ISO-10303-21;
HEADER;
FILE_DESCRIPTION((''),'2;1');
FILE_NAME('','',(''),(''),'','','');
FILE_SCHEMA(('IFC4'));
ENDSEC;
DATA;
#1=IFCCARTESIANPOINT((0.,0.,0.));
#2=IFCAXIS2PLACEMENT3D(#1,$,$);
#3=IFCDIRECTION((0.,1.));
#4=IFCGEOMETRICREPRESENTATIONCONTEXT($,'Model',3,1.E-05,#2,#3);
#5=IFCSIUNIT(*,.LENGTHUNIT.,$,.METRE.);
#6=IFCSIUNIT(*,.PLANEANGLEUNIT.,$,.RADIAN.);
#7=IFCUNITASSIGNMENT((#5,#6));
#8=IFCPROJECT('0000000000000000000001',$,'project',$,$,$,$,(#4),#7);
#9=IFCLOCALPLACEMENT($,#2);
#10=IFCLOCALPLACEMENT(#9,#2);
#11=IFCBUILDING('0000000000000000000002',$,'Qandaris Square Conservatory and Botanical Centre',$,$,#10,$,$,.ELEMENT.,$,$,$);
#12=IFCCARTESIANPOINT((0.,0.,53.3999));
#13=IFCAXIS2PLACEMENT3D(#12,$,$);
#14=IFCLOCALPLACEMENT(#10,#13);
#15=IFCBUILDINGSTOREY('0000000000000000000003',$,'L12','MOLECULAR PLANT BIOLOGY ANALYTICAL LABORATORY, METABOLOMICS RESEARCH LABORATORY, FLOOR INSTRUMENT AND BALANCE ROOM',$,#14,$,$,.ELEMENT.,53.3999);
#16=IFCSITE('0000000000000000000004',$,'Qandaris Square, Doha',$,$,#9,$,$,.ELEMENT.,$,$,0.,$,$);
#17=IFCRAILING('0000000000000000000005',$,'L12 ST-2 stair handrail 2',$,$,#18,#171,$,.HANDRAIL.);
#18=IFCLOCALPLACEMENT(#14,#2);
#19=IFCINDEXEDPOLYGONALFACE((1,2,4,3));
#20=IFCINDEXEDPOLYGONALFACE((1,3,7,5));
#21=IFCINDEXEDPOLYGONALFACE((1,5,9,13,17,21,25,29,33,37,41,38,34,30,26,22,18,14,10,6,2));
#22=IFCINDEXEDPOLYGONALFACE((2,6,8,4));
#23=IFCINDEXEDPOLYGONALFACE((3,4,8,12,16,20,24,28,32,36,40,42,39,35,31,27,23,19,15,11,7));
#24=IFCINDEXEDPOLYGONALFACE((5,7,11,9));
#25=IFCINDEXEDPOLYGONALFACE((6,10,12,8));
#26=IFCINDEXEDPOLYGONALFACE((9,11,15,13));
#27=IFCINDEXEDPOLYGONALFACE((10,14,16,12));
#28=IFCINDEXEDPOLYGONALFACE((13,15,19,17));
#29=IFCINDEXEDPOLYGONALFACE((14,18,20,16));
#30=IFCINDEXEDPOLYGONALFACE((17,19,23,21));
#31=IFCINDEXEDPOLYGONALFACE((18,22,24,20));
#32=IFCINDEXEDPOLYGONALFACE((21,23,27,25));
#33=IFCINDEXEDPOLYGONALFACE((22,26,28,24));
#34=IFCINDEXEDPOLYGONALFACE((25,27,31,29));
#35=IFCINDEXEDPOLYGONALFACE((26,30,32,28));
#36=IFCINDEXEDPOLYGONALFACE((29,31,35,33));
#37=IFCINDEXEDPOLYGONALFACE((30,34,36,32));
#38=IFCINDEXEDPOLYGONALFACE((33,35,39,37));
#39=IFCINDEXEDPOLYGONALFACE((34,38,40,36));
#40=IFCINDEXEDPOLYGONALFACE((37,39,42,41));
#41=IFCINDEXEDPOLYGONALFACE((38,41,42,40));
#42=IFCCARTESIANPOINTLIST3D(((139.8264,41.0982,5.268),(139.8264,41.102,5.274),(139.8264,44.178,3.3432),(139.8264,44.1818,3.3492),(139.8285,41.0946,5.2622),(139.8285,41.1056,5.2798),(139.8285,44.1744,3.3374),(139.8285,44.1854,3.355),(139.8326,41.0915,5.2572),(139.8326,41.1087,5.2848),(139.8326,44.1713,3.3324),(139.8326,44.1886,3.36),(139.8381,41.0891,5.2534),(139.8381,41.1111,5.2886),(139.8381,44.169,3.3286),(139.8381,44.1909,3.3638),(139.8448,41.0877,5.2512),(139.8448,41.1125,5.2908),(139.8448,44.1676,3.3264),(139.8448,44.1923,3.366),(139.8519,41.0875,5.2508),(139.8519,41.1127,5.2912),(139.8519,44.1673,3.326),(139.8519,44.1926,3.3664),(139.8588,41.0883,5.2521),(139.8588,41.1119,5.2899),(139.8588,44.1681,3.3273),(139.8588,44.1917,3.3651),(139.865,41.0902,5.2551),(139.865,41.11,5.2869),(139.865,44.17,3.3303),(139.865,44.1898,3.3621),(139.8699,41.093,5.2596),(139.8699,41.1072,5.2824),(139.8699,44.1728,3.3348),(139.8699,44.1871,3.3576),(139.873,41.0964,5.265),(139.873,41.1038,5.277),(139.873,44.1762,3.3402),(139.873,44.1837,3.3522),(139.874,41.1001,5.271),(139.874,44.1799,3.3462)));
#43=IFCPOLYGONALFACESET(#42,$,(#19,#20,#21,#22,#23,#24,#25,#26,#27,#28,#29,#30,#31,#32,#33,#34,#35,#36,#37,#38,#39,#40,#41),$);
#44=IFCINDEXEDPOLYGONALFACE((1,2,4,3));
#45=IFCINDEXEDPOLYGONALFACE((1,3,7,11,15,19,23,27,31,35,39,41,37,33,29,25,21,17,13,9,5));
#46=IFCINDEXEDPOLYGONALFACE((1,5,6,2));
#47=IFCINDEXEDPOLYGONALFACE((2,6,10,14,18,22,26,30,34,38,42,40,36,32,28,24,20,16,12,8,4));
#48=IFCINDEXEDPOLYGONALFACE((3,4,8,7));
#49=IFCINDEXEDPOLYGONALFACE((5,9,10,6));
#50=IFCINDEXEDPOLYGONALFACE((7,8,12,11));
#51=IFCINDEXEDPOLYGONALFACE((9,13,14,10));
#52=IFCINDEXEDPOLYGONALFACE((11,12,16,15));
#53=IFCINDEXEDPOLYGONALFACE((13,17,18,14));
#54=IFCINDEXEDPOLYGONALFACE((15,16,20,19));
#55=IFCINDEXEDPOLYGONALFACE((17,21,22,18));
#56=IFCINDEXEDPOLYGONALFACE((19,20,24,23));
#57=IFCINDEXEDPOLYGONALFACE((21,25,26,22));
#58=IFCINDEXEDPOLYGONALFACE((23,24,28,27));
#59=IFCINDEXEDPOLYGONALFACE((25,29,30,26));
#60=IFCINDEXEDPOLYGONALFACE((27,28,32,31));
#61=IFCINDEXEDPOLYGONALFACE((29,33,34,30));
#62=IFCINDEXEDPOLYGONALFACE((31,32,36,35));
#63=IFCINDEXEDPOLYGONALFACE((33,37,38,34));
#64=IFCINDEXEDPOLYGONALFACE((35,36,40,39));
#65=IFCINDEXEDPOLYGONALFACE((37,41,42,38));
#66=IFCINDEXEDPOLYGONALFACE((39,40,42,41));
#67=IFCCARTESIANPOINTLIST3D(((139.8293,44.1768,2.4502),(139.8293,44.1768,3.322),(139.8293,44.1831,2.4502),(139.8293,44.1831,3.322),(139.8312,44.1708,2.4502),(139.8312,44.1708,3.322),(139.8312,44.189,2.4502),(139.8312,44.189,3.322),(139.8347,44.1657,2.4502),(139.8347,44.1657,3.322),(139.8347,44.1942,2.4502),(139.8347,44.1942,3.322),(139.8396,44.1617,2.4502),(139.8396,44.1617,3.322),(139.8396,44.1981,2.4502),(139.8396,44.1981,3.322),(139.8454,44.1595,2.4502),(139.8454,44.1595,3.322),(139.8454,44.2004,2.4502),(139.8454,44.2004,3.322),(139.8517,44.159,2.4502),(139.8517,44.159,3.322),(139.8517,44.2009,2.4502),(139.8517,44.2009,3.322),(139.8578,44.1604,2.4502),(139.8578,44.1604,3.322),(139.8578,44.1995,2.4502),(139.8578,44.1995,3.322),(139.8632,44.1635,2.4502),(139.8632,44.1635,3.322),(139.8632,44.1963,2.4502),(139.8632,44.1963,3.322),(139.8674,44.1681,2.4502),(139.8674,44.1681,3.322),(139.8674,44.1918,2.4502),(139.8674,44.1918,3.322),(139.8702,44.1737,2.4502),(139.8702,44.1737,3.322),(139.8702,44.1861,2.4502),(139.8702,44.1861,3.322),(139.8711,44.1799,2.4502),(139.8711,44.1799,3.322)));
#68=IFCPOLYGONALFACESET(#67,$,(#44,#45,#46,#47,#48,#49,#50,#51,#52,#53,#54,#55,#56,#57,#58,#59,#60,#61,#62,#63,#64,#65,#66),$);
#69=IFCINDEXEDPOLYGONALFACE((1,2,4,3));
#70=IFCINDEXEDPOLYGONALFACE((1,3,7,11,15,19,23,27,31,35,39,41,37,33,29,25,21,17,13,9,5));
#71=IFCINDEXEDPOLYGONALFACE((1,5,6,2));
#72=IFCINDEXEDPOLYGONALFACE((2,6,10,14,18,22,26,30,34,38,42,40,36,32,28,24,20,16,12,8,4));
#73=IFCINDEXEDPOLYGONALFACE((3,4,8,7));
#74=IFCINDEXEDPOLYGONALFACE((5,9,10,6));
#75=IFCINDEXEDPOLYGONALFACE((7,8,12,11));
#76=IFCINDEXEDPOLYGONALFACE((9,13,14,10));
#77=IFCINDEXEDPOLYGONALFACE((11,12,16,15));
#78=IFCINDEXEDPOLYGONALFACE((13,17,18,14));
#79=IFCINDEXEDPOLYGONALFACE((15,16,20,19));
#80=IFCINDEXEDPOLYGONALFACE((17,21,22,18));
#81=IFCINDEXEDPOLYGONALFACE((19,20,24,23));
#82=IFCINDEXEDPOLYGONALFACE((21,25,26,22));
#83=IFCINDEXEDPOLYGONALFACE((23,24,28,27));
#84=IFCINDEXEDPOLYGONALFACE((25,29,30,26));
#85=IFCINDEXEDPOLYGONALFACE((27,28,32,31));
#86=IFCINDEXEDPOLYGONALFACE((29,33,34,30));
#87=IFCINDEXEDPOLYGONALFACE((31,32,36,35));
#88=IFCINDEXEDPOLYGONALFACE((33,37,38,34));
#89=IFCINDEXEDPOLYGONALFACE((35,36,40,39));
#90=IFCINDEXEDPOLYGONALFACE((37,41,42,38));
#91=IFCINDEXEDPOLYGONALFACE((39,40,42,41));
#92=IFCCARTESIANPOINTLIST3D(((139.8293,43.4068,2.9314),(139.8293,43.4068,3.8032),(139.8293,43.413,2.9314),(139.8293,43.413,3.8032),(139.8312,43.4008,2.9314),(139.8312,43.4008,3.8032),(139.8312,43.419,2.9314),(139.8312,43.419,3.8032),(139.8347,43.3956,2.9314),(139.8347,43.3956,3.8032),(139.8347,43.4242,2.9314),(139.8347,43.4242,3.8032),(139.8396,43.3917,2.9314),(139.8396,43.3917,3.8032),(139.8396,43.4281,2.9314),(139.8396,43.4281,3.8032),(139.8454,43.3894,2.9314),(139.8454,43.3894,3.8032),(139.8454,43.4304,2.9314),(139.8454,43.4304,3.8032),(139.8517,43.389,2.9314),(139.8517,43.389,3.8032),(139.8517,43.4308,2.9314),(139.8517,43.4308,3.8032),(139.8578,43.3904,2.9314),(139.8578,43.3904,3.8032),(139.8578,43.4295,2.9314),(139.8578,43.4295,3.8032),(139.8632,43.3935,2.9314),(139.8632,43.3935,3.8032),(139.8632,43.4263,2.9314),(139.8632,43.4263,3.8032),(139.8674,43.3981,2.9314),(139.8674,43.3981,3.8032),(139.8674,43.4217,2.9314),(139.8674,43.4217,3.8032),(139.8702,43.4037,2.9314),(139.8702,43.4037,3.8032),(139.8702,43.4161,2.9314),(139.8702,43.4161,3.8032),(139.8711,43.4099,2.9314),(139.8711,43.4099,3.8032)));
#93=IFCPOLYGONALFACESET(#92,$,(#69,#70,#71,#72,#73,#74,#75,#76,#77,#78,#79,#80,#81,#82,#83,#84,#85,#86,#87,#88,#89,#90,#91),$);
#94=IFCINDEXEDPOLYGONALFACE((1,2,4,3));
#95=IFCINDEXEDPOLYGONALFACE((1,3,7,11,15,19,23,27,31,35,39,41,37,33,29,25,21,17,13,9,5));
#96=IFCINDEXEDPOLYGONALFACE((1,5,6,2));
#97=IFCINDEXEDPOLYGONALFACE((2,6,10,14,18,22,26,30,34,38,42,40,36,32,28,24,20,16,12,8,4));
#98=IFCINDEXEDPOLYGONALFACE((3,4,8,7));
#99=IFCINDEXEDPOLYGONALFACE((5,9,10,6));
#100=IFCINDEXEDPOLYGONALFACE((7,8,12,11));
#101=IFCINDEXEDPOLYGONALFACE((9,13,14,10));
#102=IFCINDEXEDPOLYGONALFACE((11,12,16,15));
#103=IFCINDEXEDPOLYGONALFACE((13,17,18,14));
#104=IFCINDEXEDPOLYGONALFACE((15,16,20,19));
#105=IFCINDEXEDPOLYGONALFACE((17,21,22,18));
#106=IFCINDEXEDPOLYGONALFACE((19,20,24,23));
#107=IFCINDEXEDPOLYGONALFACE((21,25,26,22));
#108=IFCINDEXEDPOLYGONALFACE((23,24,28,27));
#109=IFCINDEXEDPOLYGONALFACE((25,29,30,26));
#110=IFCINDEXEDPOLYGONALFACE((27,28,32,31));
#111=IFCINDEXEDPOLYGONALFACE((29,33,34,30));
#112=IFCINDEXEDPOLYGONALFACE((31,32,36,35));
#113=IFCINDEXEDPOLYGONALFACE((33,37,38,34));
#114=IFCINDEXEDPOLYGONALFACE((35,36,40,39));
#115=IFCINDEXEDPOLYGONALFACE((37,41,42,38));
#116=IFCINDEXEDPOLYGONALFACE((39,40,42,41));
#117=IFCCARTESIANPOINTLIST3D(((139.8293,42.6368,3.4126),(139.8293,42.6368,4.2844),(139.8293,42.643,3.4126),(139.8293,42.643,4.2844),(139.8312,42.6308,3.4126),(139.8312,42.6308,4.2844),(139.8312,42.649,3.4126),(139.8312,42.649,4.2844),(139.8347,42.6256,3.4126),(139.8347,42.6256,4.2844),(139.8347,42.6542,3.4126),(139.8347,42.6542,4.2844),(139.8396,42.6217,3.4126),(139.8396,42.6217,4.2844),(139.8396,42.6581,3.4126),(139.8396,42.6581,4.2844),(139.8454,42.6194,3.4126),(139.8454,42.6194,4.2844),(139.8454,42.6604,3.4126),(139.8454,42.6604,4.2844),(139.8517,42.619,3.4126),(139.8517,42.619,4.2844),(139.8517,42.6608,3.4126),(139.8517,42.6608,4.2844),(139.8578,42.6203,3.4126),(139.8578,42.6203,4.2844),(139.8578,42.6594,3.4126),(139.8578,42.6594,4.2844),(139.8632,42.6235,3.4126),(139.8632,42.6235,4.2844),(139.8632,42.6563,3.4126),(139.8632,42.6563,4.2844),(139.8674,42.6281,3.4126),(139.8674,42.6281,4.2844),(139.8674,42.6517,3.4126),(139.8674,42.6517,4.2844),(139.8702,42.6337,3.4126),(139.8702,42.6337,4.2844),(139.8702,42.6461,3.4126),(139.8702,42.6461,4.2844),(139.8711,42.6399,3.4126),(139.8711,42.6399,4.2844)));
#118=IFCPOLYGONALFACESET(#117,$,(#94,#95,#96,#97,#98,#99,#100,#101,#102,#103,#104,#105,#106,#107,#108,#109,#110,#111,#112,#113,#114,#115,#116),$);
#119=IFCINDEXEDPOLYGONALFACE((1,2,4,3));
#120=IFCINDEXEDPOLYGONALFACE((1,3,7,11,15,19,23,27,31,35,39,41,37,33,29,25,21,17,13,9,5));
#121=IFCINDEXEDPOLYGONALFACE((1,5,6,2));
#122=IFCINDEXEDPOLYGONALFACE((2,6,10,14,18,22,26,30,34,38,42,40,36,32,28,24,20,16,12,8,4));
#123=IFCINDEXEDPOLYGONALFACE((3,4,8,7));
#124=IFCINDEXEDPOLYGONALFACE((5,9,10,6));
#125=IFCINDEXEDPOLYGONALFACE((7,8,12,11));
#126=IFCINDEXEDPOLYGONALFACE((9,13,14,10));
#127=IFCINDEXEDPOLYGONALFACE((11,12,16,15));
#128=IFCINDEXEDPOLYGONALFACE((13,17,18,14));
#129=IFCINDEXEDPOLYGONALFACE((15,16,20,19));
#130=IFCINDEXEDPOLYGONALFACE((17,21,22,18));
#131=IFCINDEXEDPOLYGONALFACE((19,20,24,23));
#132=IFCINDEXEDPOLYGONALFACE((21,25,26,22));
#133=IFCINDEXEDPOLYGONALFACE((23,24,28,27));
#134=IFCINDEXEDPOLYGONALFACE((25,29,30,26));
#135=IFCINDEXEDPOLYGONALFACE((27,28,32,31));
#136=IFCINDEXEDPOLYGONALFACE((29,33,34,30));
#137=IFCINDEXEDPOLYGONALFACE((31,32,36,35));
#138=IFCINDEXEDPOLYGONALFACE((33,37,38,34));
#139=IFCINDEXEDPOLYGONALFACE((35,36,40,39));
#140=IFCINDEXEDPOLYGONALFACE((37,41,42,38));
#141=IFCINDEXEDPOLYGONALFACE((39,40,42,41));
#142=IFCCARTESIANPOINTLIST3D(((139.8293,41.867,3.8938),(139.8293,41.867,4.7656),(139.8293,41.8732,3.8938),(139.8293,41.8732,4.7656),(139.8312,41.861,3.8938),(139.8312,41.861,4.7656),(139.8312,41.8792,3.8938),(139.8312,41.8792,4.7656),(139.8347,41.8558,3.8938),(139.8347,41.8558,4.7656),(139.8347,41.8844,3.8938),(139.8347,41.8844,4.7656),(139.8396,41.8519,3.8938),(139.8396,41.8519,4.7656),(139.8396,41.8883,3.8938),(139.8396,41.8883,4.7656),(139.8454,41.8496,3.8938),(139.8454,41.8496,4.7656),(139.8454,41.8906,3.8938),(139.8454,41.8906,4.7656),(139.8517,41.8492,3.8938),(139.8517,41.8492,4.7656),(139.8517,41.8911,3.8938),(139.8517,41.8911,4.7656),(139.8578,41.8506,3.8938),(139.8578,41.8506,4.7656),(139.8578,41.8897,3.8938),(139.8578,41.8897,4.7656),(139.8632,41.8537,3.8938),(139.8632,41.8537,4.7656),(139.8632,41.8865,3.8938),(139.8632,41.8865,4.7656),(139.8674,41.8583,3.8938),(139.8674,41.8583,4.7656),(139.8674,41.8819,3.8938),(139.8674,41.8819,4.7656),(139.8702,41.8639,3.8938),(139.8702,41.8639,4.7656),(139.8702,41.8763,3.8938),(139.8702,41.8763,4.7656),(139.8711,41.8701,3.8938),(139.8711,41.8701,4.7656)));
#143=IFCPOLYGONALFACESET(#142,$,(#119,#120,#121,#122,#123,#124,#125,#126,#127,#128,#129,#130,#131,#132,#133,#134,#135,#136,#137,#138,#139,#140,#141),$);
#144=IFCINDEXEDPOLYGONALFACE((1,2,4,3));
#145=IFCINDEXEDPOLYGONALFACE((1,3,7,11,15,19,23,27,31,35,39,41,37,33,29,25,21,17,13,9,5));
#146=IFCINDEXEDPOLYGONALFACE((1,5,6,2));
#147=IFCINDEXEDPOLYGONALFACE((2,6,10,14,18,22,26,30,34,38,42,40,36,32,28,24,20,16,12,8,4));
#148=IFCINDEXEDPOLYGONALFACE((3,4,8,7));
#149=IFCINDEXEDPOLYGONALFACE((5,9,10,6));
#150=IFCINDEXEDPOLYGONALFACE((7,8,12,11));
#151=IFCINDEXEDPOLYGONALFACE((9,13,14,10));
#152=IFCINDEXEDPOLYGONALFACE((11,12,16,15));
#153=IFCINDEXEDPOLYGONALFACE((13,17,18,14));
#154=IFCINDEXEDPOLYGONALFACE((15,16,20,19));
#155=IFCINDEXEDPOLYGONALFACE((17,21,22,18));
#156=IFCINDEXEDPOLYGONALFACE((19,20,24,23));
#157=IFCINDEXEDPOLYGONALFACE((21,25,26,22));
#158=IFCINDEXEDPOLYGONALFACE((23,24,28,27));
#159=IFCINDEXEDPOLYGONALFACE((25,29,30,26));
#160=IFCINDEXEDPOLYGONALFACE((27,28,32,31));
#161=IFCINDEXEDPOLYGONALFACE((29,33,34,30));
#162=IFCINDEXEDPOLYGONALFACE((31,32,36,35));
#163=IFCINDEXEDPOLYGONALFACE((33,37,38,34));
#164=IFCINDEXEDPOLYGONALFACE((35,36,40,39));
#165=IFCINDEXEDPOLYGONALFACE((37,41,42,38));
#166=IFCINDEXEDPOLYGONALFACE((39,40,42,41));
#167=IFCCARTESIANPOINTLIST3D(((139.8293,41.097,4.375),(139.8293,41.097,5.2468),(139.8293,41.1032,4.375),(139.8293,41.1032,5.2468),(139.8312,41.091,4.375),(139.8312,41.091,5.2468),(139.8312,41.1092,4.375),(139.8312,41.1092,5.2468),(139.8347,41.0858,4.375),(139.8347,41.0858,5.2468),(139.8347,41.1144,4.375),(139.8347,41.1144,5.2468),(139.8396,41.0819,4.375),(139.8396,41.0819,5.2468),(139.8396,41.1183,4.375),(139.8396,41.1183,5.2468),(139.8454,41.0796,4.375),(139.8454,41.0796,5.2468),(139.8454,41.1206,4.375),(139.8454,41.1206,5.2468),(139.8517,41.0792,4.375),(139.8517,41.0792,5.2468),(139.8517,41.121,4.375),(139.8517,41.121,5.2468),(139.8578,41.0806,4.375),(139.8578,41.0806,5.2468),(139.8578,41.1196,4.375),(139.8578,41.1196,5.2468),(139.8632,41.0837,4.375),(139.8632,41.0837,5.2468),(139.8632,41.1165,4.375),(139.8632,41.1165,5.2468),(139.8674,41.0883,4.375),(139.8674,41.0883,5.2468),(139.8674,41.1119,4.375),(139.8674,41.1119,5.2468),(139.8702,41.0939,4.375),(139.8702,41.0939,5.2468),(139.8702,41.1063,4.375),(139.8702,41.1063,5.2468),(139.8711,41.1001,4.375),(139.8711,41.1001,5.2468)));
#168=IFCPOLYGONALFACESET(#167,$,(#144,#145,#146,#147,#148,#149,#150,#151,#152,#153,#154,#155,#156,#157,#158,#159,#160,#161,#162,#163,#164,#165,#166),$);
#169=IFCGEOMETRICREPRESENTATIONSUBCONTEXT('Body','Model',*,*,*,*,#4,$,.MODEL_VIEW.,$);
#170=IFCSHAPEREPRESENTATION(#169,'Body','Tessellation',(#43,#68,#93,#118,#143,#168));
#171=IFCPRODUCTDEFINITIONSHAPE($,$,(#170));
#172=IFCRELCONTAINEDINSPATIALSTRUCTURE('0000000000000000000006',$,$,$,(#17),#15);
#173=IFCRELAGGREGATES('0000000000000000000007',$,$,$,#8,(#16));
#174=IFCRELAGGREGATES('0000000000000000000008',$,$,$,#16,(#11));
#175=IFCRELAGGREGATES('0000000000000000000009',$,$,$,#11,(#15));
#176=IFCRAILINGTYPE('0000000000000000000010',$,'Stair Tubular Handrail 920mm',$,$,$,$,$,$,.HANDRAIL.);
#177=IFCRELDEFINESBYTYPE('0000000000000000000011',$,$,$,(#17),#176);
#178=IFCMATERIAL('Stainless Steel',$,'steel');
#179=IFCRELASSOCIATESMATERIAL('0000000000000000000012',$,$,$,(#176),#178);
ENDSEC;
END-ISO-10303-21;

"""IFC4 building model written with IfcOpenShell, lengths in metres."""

from ifc_helpers import new_model, si_unit, direction, frame, origin, origin_2d, place, context, subcontext, project, spatial, circle, extrude, material, type_object, element, save


model = new_model("IFC4")

# Units and contexts
model_context = context("Model", 3, precision=1e-05, world=origin(), true_north=direction((0.0, 1.0)))
body_context = subcontext(model_context, "Body", "Model", "MODEL_VIEW")
ifc_project = project(units=[si_unit("LENGTHUNIT", "METRE"), si_unit("PLANEANGLEUNIT", "RADIAN")], contexts=[model_context])

# Site, building, storey
site_placement = place(None, origin())
site = spatial("IfcSite", under=ifc_project, at=site_placement, Name="Qandaris Square, Doha", CompositionType="ELEMENT", RefElevation=0.0)
building_placement = place(site_placement, origin())
building = spatial("IfcBuilding", under=site, at=building_placement, Name="Qandaris Square Conservatory and Botanical Centre", CompositionType="ELEMENT")
storey_placement = place(building_placement, frame((0.0, 0.0, 53.3999)))
storey = spatial("IfcBuildingStorey", under=building, at=storey_placement, Name="L12", Description="MOLECULAR PLANT BIOLOGY ANALYTICAL LABORATORY, METABOLOMICS RESEARCH LABORATORY, FLOOR INSTRUMENT AND BALANCE ROOM", CompositionType="ELEMENT", Elevation=53.3999)

# Railing
ifc_material_1 = material(Name="Stainless Steel", Category="steel")
railing_type_1 = type_object("IfcRailingType", Name="Stair Tubular Handrail 920mm", PredefinedType="HANDRAIL", material=ifc_material_1)
railing_1_placement = place(storey_placement, frame((139.8501, 44.1799, 2.4502)))
element("IfcRailing", 1, at=railing_1_placement, inside=storey, type_object=railing_type_1, Name="L12 ST-2 stair handrail 2", PredefinedType="HANDRAIL", context=body_context, shape_type="SweptSolid", body=[
    extrude(circle(Radius=0.0239, at=origin_2d()), frame((0.0, 0.0, 0.896), z_axis=(0.0, -0.84801, 0.529981), x_axis=(1.0, 0.0, 0.0)), (0.0, 0.0, 1.0), 3.6318),
    extrude(circle(Radius=0.021, at=origin_2d()), origin(), (0.0, 0.0, 1.0), 0.8718),
    extrude(circle(Radius=0.021, at=origin_2d()), frame((0.0, -0.77, 0.4812)), (0.0, 0.0, 1.0), 0.8718),
    extrude(circle(Radius=0.021, at=origin_2d()), frame((0.0, -1.54, 0.9624)), (0.0, 0.0, 1.0), 0.8718),
    extrude(circle(Radius=0.021, at=origin_2d()), frame((0.0, -2.3098, 1.4436)), (0.0, 0.0, 1.0), 0.8718),
    extrude(circle(Radius=0.021, at=origin_2d()), frame((0.0, -3.0798, 1.9248)), (0.0, 0.0, 1.0), 0.8718),
])

save(model, "model.ifc")
